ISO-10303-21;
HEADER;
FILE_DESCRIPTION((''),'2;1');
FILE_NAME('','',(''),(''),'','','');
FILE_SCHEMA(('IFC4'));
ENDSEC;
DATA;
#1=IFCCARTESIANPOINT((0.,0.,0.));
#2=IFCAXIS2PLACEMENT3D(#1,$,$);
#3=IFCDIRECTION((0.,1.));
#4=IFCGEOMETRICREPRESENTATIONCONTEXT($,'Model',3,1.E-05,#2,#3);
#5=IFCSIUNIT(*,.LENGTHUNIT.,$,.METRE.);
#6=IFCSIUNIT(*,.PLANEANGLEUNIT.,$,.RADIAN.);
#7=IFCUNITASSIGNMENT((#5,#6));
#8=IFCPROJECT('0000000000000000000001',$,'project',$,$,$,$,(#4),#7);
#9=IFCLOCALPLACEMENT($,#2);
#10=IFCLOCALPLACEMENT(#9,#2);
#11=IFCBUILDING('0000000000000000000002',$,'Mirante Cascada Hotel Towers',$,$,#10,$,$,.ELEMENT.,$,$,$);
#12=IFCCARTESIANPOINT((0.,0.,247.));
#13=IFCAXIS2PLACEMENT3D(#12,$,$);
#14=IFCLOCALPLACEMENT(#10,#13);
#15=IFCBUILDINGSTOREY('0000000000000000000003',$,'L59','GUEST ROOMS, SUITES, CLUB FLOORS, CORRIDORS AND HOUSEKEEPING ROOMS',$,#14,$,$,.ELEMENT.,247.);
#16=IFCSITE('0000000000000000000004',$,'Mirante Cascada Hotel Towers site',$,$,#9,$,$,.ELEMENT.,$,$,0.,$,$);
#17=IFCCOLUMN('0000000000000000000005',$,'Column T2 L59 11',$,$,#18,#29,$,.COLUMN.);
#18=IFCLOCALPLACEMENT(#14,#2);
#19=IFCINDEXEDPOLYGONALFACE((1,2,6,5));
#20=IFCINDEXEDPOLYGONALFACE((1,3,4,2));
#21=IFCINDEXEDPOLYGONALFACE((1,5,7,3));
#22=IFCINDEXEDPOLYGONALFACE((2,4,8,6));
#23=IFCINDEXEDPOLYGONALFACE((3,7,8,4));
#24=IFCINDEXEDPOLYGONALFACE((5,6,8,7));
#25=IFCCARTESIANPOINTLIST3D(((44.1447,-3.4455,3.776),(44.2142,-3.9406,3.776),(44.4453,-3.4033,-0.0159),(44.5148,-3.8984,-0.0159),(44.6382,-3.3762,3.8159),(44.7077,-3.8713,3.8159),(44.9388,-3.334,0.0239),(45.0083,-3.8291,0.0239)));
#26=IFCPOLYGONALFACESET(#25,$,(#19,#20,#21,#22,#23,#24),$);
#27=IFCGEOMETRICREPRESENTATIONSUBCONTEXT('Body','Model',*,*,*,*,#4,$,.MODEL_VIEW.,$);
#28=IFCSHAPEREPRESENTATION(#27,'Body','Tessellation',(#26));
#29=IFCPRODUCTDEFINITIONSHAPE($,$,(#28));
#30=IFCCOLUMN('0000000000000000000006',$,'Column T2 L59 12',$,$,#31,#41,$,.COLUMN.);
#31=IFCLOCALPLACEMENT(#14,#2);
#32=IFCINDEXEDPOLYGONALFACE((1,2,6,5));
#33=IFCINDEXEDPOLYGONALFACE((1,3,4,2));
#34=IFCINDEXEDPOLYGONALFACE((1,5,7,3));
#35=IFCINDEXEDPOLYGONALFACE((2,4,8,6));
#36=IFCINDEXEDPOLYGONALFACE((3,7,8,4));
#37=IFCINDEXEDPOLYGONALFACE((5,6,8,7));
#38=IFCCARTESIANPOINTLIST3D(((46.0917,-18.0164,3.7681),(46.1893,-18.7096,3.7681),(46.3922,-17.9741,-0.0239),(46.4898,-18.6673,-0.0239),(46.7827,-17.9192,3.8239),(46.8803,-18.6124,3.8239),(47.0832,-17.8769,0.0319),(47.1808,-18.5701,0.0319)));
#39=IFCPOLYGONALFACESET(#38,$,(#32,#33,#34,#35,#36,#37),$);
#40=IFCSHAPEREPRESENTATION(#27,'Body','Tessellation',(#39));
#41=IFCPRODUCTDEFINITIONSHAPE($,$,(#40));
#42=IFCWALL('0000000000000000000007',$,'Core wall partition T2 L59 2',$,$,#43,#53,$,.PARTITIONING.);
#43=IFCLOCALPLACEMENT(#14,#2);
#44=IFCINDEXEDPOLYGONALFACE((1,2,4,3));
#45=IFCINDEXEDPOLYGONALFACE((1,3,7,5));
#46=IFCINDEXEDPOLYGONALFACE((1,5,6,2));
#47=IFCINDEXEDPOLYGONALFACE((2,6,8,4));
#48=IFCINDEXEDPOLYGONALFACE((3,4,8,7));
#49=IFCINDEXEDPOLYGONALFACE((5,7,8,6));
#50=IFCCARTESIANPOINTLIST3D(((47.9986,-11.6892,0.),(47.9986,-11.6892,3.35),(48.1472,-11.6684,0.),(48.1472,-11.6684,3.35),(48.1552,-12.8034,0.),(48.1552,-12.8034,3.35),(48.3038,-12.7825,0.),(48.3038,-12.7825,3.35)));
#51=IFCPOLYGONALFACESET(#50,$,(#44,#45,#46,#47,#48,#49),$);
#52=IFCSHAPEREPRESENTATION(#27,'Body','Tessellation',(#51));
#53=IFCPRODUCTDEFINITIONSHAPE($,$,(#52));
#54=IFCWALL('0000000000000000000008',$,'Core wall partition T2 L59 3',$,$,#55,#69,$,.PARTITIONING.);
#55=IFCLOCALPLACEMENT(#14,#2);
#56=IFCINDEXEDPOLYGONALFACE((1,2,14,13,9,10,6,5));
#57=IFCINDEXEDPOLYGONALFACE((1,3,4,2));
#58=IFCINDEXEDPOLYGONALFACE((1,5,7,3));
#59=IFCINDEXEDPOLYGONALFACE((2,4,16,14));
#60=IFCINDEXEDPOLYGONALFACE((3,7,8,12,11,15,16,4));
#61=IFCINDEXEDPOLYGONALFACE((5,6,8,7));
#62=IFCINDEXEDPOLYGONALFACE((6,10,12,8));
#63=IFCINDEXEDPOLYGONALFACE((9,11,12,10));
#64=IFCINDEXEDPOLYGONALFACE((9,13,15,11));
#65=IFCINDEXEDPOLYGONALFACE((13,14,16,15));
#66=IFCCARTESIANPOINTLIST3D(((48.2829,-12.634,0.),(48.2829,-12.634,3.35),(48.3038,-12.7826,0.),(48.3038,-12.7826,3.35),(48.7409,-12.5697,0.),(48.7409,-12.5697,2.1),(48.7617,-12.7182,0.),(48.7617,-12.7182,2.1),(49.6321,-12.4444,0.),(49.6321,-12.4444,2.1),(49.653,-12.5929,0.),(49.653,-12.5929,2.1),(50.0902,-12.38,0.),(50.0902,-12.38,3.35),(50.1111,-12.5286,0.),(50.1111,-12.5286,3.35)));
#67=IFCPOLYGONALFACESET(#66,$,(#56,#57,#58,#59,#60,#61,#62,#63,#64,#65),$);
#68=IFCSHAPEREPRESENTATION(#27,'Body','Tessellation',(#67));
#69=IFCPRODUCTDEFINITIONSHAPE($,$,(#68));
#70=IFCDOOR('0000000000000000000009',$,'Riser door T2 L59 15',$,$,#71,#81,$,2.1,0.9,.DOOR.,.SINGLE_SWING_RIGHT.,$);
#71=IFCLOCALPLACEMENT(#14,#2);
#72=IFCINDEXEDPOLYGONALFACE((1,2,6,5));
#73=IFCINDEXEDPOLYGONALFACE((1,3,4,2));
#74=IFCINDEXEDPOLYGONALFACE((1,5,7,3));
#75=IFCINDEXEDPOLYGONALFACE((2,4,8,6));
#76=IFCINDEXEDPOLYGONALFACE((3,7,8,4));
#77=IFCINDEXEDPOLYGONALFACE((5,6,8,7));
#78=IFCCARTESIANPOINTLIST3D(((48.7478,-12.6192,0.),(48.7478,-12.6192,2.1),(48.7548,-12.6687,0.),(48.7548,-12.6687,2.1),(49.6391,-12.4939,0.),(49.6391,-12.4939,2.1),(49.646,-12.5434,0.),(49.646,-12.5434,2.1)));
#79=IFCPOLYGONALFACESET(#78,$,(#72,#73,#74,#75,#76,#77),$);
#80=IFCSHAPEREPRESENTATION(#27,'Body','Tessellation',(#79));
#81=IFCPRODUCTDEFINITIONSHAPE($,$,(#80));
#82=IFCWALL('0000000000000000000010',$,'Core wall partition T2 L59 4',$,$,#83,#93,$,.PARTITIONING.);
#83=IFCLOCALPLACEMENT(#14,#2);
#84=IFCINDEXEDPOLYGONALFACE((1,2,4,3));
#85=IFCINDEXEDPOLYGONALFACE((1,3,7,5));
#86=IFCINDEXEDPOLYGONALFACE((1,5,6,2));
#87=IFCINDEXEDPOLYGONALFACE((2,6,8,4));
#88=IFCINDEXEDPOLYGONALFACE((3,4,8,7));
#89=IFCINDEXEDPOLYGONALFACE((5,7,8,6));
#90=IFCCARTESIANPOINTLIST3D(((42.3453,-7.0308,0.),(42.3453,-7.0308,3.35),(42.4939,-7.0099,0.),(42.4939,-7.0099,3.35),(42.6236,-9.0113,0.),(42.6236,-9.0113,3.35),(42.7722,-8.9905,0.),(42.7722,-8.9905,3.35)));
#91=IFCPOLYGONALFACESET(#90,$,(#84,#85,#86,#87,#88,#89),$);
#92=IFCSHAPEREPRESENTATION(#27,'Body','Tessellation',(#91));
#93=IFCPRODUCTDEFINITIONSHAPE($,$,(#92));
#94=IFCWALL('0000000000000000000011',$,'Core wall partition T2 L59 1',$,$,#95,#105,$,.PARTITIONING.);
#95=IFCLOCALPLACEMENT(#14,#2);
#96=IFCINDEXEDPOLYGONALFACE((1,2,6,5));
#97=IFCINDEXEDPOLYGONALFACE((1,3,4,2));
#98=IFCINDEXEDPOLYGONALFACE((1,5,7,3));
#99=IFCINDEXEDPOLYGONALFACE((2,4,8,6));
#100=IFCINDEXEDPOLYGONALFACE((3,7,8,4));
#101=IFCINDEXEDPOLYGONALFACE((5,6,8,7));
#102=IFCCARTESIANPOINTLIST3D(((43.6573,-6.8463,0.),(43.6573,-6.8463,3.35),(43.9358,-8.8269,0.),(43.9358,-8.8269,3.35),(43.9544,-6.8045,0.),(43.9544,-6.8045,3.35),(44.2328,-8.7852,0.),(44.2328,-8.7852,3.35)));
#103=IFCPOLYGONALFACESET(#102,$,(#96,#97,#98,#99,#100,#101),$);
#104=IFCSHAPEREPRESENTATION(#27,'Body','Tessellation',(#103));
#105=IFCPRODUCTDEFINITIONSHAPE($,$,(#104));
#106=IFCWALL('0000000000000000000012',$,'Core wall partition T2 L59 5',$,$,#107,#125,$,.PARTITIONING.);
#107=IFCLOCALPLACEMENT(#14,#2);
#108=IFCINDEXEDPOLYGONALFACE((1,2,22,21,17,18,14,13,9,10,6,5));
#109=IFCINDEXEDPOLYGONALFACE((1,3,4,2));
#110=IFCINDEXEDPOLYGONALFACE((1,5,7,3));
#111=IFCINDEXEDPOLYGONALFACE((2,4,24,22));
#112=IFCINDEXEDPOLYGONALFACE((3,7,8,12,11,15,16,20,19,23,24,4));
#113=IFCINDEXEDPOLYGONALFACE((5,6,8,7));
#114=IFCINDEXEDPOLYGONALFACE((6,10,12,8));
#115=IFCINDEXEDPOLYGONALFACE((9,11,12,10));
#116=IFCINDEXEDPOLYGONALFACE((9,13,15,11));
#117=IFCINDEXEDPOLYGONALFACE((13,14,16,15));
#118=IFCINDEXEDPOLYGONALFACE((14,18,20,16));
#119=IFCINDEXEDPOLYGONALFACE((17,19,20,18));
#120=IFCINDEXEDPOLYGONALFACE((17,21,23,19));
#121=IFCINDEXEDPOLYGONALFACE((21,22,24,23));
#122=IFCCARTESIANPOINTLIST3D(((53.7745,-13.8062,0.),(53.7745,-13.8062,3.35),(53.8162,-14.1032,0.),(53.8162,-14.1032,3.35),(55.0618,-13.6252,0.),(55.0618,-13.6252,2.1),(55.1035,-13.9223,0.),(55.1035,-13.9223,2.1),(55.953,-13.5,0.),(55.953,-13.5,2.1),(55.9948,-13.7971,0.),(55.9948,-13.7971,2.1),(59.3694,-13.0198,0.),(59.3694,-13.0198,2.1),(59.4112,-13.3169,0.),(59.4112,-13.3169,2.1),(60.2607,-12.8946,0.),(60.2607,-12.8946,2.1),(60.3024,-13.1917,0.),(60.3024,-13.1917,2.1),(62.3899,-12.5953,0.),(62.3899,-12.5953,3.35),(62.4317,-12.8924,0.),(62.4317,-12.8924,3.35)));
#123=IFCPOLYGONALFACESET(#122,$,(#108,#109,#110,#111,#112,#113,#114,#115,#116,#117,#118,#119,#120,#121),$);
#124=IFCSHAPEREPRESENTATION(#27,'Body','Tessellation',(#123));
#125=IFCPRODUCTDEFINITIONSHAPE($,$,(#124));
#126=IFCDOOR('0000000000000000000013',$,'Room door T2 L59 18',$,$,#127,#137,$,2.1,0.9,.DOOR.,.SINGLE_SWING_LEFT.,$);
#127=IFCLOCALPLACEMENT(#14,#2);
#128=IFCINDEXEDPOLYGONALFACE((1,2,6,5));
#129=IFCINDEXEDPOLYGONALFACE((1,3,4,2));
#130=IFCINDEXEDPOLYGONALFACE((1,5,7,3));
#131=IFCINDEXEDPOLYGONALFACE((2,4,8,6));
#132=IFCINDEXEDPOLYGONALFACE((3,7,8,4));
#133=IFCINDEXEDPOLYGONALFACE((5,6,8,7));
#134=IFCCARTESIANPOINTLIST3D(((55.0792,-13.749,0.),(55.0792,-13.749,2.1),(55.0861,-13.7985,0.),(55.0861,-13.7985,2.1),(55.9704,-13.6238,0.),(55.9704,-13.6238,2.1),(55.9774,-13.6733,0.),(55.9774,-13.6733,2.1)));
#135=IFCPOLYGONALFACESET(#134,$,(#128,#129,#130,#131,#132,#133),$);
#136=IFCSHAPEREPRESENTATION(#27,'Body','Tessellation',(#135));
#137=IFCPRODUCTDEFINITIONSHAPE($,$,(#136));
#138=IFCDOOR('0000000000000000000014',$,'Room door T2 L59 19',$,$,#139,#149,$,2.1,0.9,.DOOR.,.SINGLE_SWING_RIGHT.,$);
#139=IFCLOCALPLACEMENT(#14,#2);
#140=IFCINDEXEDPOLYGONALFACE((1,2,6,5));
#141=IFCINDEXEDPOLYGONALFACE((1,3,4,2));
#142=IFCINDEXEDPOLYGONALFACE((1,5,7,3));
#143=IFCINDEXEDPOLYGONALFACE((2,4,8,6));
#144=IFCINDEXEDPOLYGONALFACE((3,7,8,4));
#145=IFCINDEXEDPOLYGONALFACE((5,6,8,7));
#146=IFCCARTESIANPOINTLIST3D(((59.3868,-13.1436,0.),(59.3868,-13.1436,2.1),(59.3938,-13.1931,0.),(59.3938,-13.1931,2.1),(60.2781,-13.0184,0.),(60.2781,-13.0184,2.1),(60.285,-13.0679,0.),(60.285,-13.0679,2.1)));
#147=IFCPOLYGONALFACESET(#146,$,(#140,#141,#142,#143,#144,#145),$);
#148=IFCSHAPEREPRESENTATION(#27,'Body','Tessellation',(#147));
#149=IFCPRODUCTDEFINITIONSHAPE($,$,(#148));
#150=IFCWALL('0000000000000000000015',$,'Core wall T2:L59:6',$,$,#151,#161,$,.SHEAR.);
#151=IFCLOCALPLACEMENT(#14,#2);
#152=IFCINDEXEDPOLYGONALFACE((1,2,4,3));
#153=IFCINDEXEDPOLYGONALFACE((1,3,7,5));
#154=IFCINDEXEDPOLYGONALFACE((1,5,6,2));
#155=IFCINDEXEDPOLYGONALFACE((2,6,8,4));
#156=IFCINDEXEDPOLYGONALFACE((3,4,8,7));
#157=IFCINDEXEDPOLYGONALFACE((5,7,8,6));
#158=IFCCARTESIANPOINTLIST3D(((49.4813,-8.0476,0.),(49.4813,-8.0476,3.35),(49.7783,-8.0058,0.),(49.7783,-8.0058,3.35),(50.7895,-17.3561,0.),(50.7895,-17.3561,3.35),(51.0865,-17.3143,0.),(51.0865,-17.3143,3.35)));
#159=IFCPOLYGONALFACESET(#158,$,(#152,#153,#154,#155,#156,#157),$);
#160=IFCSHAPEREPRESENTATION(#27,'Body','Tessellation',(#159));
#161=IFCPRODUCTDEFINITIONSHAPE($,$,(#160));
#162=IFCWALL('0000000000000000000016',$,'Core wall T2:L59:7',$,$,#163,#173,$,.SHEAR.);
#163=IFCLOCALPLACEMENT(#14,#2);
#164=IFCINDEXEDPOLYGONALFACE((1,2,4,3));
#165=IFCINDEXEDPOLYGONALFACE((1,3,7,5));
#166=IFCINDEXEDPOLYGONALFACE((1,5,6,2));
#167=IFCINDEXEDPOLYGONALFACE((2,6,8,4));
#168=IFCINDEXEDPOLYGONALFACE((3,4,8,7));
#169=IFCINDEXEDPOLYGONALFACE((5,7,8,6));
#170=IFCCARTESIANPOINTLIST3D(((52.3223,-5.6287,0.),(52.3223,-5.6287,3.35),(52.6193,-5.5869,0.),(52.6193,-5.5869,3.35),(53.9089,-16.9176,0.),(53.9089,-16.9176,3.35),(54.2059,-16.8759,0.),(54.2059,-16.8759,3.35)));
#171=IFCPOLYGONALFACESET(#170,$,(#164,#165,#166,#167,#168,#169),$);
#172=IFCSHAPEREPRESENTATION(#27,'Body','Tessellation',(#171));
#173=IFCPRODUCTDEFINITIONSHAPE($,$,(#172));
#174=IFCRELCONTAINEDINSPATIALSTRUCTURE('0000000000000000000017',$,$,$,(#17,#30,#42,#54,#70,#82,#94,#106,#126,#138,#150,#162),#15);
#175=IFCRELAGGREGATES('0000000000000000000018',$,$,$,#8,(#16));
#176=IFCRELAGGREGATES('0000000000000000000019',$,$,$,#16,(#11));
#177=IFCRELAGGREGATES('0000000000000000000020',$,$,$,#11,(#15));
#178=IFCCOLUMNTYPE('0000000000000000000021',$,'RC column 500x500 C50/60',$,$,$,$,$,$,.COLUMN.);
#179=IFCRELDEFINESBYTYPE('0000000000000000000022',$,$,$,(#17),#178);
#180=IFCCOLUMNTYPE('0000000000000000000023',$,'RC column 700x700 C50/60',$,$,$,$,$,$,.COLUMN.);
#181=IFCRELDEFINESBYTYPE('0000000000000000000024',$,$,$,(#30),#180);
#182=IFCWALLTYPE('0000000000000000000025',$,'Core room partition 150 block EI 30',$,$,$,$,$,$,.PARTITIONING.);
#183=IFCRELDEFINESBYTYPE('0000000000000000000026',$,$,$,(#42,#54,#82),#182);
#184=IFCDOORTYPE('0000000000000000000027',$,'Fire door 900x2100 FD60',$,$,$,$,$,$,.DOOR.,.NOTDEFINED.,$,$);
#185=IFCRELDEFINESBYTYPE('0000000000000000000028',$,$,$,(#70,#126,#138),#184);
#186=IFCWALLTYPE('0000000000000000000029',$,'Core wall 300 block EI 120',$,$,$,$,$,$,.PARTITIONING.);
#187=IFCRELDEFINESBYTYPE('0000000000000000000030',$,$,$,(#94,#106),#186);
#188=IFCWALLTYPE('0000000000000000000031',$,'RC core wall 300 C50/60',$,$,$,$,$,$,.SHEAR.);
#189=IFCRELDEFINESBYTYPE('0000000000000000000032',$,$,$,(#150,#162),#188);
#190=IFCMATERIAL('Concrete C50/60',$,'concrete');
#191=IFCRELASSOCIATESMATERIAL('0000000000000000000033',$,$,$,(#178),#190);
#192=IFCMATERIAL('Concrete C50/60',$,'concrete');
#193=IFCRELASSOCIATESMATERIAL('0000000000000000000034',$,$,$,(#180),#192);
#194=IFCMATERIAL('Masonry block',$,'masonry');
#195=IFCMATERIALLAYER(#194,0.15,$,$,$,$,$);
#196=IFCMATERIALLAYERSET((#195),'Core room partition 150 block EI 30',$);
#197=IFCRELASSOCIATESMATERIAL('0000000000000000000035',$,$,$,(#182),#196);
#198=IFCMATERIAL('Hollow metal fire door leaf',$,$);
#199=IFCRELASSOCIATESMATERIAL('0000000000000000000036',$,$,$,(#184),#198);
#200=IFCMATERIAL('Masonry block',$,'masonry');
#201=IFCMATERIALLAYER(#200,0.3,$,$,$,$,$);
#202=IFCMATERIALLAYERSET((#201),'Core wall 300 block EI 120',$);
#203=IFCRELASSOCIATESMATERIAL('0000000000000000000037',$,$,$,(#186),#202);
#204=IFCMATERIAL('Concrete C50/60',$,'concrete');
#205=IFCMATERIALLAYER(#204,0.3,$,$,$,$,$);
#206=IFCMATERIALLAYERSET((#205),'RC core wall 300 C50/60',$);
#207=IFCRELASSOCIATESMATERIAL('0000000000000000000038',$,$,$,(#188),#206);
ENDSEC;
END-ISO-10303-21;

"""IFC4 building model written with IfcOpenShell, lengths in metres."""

from ifc_helpers import new_model, si_unit, direction, frame, frame_2d, origin, origin_2d, place, context, subcontext, project, spatial, rectangle, extrude, material, layer, layer_set, material_profile, profile_set, type_object, element, fill, save


model = new_model("IFC4")

# Units and contexts
model_context = context("Model", 3, precision=1e-05, world=origin(), true_north=direction((0.0, 1.0)))
body_context = subcontext(model_context, "Body", "Model", "MODEL_VIEW")
ifc_project = project(units=[si_unit("LENGTHUNIT", "METRE"), si_unit("PLANEANGLEUNIT", "RADIAN")], contexts=[model_context])

# Site, building, storey
site_placement = place(None, origin())
site = spatial("IfcSite", under=ifc_project, at=site_placement, Name="Mirante Cascada Hotel Towers site", CompositionType="ELEMENT", RefElevation=0.0)
building_placement = place(site_placement, origin())
building = spatial("IfcBuilding", under=site, at=building_placement, Name="Mirante Cascada Hotel Towers", CompositionType="ELEMENT")
storey_placement = place(building_placement, frame((0.0, 0.0, 247.0)))
storey = spatial("IfcBuildingStorey", under=building, at=storey_placement, Name="L59", Description="GUEST ROOMS, SUITES, CLUB FLOORS, CORRIDORS AND HOUSEKEEPING ROOMS", CompositionType="ELEMENT", Elevation=247.0)

# Columns
ifc_material_1 = material(Name="Concrete C50/60", Category="concrete")
ifc_material_profile_1 = material_profile(ifc_material_1, rectangle(XDim=0.5, YDim=0.5, at=origin_2d()), Name="RC column 500x500 C50/60")
ifc_profile_set_1 = profile_set([ifc_material_profile_1], Name="Concrete C50/60")
column_type_1 = type_object("IfcColumnType", Name="RC column 500x500 C50/60", PredefinedType="COLUMN", material=ifc_profile_set_1)
column_1_placement = place(storey_placement, frame((44.7268, -3.6162, 0.004), z_axis=(-0.079019, -0.011093, 0.996811), x_axis=(0.139023, -0.990289, 0.0)))
element("IfcColumn", 1, at=column_1_placement, inside=storey, type_object=column_type_1, Name="Column T2 L59 11", PredefinedType="COLUMN", context=body_context, shape_type="SweptSolid", body=[
    extrude(rectangle(XDim=0.5, YDim=0.5, at=origin_2d()), origin(), (0.0, 0.0, 1.0), 3.8041),
])
ifc_material_2 = material(Name="Concrete C50/60", Category="concrete")
ifc_material_profile_2 = material_profile(ifc_material_2, rectangle(XDim=0.7, YDim=0.7, at=origin_2d()), Name="RC column 700x700 C50/60")
ifc_profile_set_2 = profile_set([ifc_material_profile_2], Name="Concrete C50/60")
column_type_2 = type_object("IfcColumnType", Name="RC column 700x700 C50/60", PredefinedType="COLUMN", material=ifc_profile_set_2)
column_2_placement = place(storey_placement, frame((46.7865, -18.2721, 0.004), z_axis=(-0.078993, -0.011119, 0.996813), x_axis=(0.139391, -0.990237, 0.0)))
element("IfcColumn", 2, at=column_2_placement, inside=storey, type_object=column_type_2, Name="Column T2 L59 12", PredefinedType="COLUMN", context=body_context, shape_type="SweptSolid", body=[
    extrude(rectangle(XDim=0.7, YDim=0.7, at=origin_2d()), origin(), (0.0, 0.0, 1.0), 3.8041),
])

# Wall
ifc_material_3 = material(Name="Masonry block", Category="masonry")
ifc_layer_1 = layer(ifc_material_3, 0.15)
ifc_layer_set_1 = layer_set([ifc_layer_1], Name="Core room partition 150 block EI 30")
wall_type_1 = type_object("IfcWallType", Name="Core room partition 150 block EI 30", PredefinedType="PARTITIONING", material=ifc_layer_set_1)
wall_1_placement = place(storey_placement, frame((48.2295, -12.793, 0.0), z_axis=(0.0, 0.0, 1.0), x_axis=(-0.139193, 0.990265, 0.0)))
element("IfcWall", 3, at=wall_1_placement, inside=storey, type_object=wall_type_1, Name="Core wall partition T2 L59 2", PredefinedType="PARTITIONING", context=body_context, shape_type="SweptSolid", body=[
    extrude(rectangle(XDim=1.1251, YDim=0.15, at=frame_2d((0.5626, 0.0))), origin(), (0.0, 0.0, 1.0), 3.35),
])

# Wall, opening, door
wall_2_placement = place(storey_placement, frame((48.2933, -12.7083, 0.0), z_axis=(0.0, 0.0, 1.0), x_axis=(0.990268, 0.139173, 0.0)))
wall_2 = element("IfcWall", 4, at=wall_2_placement, inside=storey, type_object=wall_type_1, Name="Core wall partition T2 L59 3", PredefinedType="PARTITIONING", context=body_context, shape_type="SweptSolid", body=[
    extrude(rectangle(XDim=1.8251, YDim=0.15, at=frame_2d((0.9126, 0.0))), origin(), (0.0, 0.0, 1.0), 3.35),
])
opening_1_placement = place(wall_2_placement, frame((0.4625, 0.0, 0.0)))
opening_1 = element("IfcOpeningElement", 5, at=opening_1_placement, cuts=wall_2, PredefinedType="OPENING", context=body_context, shape_type="SweptSolid", body=[
    extrude(rectangle(XDim=0.9, YDim=2.1, at=frame_2d((0.45, 1.05))), frame((0.0, 0.075, 0.0), z_axis=(0.0, -1.0, 0.0), x_axis=(1.0, 0.0, 0.0)), (0.0, 0.0, 1.0), 0.15),
])
ifc_material_4 = material(Name="Hollow metal fire door leaf")
door_type_1 = type_object("IfcDoorType", Name="Fire door 900x2100 FD60", OperationType="NOTDEFINED", PredefinedType="DOOR", material=ifc_material_4)
door_1_placement = place(opening_1_placement, frame((0.9, 0.0, 0.0), z_axis=(0.0, 0.0, 1.0), x_axis=(-1.0, 0.0, 0.0)))
door_1 = element("IfcDoor", 6, at=door_1_placement, inside=storey, type_object=door_type_1, Name="Riser door T2 L59 15", OperationType="SINGLE_SWING_RIGHT", OverallHeight=2.1, OverallWidth=0.9, PredefinedType="DOOR", context=body_context, shape_type="SweptSolid", body=[
    extrude(rectangle(XDim=0.9, YDim=2.1, at=frame_2d((0.45, 1.05))), frame((0.0, 0.025, 0.0), z_axis=(0.0, -1.0, 0.0), x_axis=(1.0, 0.0, 0.0)), (0.0, 0.0, 1.0), 0.05),
])
fill(opening_1, door_1)

# Walls
wall_3_placement = place(storey_placement, frame((42.6979, -9.0009, 0.0), z_axis=(0.0, 0.0, 1.0), x_axis=(-0.139153, 0.990271, 0.0)))
element("IfcWall", 7, at=wall_3_placement, inside=storey, type_object=wall_type_1, Name="Core wall partition T2 L59 4", PredefinedType="PARTITIONING", context=body_context, shape_type="SweptSolid", body=[
    extrude(rectangle(XDim=2.0, YDim=0.15, at=frame_2d((1.0, 0.0))), origin(), (0.0, 0.0, 1.0), 3.35),
])
ifc_material_5 = material(Name="Masonry block", Category="masonry")
ifc_layer_2 = layer(ifc_material_5, 0.3)
ifc_layer_set_2 = layer_set([ifc_layer_2], Name="Core wall 300 block EI 120")
wall_type_2 = type_object("IfcWallType", Name="Core wall 300 block EI 120", PredefinedType="PARTITIONING", material=ifc_layer_set_2)
wall_4_placement = place(storey_placement, frame((44.0843, -8.8061, 0.0), z_axis=(0.0, 0.0, 1.0), x_axis=(-0.139195, 0.990265, 0.0)))
element("IfcWall", 8, at=wall_4_placement, inside=storey, type_object=wall_type_2, Name="Core wall partition T2 L59 1", PredefinedType="PARTITIONING", context=body_context, shape_type="SweptSolid", body=[
    extrude(rectangle(XDim=2.0001, YDim=0.3, at=frame_2d((1.0001, 0.0))), origin(), (0.0, 0.0, 1.0), 3.35),
])

# Wall, openings, doors
wall_5_placement = place(storey_placement, frame((53.7953, -13.9547, 0.0), z_axis=(0.0, 0.0, 1.0), x_axis=(0.990268, 0.139171, 0.0)))
wall_5 = element("IfcWall", 9, at=wall_5_placement, inside=storey, type_object=wall_type_2, Name="Core wall partition T2 L59 5", PredefinedType="PARTITIONING", context=body_context, shape_type="SweptSolid", body=[
    extrude(rectangle(XDim=8.7001, YDim=0.3, at=frame_2d((4.3501, 0.0))), origin(), (0.0, 0.0, 1.0), 3.35),
])
opening_2_placement = place(wall_5_placement, frame((1.3, 0.0, 0.0)))
opening_2 = element("IfcOpeningElement", 10, at=opening_2_placement, cuts=wall_5, PredefinedType="OPENING", context=body_context, shape_type="SweptSolid", body=[
    extrude(rectangle(XDim=0.9, YDim=2.1, at=frame_2d((0.45, 1.05))), frame((0.0, 0.15, 0.0), z_axis=(0.0, -1.0, 0.0), x_axis=(1.0, 0.0, 0.0)), (0.0, 0.0, 1.0), 0.3),
])
opening_3_placement = place(wall_5_placement, frame((5.65, 0.0, 0.0)))
opening_3 = element("IfcOpeningElement", 11, at=opening_3_placement, cuts=wall_5, PredefinedType="OPENING", context=body_context, shape_type="SweptSolid", body=[
    extrude(rectangle(XDim=0.9, YDim=2.1, at=frame_2d((0.45, 1.05))), frame((0.0, 0.15, 0.0), z_axis=(0.0, -1.0, 0.0), x_axis=(1.0, 0.0, 0.0)), (0.0, 0.0, 1.0), 0.3),
])
door_2_placement = place(opening_2_placement, frame((0.9, 0.0, 0.0), z_axis=(0.0, 0.0, 1.0), x_axis=(-1.0, 0.0, 0.0)))
door_2 = element("IfcDoor", 12, at=door_2_placement, inside=storey, type_object=door_type_1, Name="Room door T2 L59 18", OperationType="SINGLE_SWING_LEFT", OverallHeight=2.1, OverallWidth=0.9, PredefinedType="DOOR", context=body_context, shape_type="SweptSolid", body=[
    extrude(rectangle(XDim=0.9, YDim=2.1, at=frame_2d((0.45, 1.05))), frame((0.0, 0.025, 0.0), z_axis=(0.0, -1.0, 0.0), x_axis=(1.0, 0.0, 0.0)), (0.0, 0.0, 1.0), 0.05),
])
fill(opening_2, door_2)
door_3_placement = place(opening_3_placement, frame((0.9, 0.0, 0.0), z_axis=(0.0, 0.0, 1.0), x_axis=(-1.0, 0.0, 0.0)))
door_3 = element("IfcDoor", 13, at=door_3_placement, inside=storey, type_object=door_type_1, Name="Room door T2 L59 19", OperationType="SINGLE_SWING_RIGHT", OverallHeight=2.1, OverallWidth=0.9, PredefinedType="DOOR", context=body_context, shape_type="SweptSolid", body=[
    extrude(rectangle(XDim=0.9, YDim=2.1, at=frame_2d((0.45, 1.05))), frame((0.0, 0.025, 0.0), z_axis=(0.0, -1.0, 0.0), x_axis=(1.0, 0.0, 0.0)), (0.0, 0.0, 1.0), 0.05),
])
fill(opening_3, door_3)

# Walls
ifc_material_6 = material(Name="Concrete C50/60", Category="concrete")
ifc_layer_3 = layer(ifc_material_6, 0.3)
ifc_layer_set_3 = layer_set([ifc_layer_3], Name="RC core wall 300 C50/60")
wall_type_3 = type_object("IfcWallType", Name="RC core wall 300 C50/60", PredefinedType="SHEAR", material=ifc_layer_set_3)
wall_6_placement = place(storey_placement, frame((50.938, -17.3352, 0.0), z_axis=(0.0, 0.0, 1.0), x_axis=(-0.139171, 0.990268, 0.0)))
element("IfcWall", 14, at=wall_6_placement, inside=storey, type_object=wall_type_3, Name="Core wall T2:L59:6", PredefinedType="SHEAR", context=body_context, shape_type="SweptSolid", body=[
    extrude(rectangle(XDim=9.4, YDim=0.3, at=frame_2d((4.7, 0.0))), origin(), (0.0, 0.0, 1.0), 3.35),
])
wall_7_placement = place(storey_placement, frame((54.0574, -16.8968, 0.0), z_axis=(0.0, 0.0, 1.0), x_axis=(-0.139176, 0.990268, 0.0)))
element("IfcWall", 15, at=wall_7_placement, inside=storey, type_object=wall_type_3, Name="Core wall T2:L59:7", PredefinedType="SHEAR", context=body_context, shape_type="SweptSolid", body=[
    extrude(rectangle(XDim=11.3999, YDim=0.3, at=frame_2d((5.7, 0.0))), origin(), (0.0, 0.0, 1.0), 3.35),
])

save(model, "model.ifc")
